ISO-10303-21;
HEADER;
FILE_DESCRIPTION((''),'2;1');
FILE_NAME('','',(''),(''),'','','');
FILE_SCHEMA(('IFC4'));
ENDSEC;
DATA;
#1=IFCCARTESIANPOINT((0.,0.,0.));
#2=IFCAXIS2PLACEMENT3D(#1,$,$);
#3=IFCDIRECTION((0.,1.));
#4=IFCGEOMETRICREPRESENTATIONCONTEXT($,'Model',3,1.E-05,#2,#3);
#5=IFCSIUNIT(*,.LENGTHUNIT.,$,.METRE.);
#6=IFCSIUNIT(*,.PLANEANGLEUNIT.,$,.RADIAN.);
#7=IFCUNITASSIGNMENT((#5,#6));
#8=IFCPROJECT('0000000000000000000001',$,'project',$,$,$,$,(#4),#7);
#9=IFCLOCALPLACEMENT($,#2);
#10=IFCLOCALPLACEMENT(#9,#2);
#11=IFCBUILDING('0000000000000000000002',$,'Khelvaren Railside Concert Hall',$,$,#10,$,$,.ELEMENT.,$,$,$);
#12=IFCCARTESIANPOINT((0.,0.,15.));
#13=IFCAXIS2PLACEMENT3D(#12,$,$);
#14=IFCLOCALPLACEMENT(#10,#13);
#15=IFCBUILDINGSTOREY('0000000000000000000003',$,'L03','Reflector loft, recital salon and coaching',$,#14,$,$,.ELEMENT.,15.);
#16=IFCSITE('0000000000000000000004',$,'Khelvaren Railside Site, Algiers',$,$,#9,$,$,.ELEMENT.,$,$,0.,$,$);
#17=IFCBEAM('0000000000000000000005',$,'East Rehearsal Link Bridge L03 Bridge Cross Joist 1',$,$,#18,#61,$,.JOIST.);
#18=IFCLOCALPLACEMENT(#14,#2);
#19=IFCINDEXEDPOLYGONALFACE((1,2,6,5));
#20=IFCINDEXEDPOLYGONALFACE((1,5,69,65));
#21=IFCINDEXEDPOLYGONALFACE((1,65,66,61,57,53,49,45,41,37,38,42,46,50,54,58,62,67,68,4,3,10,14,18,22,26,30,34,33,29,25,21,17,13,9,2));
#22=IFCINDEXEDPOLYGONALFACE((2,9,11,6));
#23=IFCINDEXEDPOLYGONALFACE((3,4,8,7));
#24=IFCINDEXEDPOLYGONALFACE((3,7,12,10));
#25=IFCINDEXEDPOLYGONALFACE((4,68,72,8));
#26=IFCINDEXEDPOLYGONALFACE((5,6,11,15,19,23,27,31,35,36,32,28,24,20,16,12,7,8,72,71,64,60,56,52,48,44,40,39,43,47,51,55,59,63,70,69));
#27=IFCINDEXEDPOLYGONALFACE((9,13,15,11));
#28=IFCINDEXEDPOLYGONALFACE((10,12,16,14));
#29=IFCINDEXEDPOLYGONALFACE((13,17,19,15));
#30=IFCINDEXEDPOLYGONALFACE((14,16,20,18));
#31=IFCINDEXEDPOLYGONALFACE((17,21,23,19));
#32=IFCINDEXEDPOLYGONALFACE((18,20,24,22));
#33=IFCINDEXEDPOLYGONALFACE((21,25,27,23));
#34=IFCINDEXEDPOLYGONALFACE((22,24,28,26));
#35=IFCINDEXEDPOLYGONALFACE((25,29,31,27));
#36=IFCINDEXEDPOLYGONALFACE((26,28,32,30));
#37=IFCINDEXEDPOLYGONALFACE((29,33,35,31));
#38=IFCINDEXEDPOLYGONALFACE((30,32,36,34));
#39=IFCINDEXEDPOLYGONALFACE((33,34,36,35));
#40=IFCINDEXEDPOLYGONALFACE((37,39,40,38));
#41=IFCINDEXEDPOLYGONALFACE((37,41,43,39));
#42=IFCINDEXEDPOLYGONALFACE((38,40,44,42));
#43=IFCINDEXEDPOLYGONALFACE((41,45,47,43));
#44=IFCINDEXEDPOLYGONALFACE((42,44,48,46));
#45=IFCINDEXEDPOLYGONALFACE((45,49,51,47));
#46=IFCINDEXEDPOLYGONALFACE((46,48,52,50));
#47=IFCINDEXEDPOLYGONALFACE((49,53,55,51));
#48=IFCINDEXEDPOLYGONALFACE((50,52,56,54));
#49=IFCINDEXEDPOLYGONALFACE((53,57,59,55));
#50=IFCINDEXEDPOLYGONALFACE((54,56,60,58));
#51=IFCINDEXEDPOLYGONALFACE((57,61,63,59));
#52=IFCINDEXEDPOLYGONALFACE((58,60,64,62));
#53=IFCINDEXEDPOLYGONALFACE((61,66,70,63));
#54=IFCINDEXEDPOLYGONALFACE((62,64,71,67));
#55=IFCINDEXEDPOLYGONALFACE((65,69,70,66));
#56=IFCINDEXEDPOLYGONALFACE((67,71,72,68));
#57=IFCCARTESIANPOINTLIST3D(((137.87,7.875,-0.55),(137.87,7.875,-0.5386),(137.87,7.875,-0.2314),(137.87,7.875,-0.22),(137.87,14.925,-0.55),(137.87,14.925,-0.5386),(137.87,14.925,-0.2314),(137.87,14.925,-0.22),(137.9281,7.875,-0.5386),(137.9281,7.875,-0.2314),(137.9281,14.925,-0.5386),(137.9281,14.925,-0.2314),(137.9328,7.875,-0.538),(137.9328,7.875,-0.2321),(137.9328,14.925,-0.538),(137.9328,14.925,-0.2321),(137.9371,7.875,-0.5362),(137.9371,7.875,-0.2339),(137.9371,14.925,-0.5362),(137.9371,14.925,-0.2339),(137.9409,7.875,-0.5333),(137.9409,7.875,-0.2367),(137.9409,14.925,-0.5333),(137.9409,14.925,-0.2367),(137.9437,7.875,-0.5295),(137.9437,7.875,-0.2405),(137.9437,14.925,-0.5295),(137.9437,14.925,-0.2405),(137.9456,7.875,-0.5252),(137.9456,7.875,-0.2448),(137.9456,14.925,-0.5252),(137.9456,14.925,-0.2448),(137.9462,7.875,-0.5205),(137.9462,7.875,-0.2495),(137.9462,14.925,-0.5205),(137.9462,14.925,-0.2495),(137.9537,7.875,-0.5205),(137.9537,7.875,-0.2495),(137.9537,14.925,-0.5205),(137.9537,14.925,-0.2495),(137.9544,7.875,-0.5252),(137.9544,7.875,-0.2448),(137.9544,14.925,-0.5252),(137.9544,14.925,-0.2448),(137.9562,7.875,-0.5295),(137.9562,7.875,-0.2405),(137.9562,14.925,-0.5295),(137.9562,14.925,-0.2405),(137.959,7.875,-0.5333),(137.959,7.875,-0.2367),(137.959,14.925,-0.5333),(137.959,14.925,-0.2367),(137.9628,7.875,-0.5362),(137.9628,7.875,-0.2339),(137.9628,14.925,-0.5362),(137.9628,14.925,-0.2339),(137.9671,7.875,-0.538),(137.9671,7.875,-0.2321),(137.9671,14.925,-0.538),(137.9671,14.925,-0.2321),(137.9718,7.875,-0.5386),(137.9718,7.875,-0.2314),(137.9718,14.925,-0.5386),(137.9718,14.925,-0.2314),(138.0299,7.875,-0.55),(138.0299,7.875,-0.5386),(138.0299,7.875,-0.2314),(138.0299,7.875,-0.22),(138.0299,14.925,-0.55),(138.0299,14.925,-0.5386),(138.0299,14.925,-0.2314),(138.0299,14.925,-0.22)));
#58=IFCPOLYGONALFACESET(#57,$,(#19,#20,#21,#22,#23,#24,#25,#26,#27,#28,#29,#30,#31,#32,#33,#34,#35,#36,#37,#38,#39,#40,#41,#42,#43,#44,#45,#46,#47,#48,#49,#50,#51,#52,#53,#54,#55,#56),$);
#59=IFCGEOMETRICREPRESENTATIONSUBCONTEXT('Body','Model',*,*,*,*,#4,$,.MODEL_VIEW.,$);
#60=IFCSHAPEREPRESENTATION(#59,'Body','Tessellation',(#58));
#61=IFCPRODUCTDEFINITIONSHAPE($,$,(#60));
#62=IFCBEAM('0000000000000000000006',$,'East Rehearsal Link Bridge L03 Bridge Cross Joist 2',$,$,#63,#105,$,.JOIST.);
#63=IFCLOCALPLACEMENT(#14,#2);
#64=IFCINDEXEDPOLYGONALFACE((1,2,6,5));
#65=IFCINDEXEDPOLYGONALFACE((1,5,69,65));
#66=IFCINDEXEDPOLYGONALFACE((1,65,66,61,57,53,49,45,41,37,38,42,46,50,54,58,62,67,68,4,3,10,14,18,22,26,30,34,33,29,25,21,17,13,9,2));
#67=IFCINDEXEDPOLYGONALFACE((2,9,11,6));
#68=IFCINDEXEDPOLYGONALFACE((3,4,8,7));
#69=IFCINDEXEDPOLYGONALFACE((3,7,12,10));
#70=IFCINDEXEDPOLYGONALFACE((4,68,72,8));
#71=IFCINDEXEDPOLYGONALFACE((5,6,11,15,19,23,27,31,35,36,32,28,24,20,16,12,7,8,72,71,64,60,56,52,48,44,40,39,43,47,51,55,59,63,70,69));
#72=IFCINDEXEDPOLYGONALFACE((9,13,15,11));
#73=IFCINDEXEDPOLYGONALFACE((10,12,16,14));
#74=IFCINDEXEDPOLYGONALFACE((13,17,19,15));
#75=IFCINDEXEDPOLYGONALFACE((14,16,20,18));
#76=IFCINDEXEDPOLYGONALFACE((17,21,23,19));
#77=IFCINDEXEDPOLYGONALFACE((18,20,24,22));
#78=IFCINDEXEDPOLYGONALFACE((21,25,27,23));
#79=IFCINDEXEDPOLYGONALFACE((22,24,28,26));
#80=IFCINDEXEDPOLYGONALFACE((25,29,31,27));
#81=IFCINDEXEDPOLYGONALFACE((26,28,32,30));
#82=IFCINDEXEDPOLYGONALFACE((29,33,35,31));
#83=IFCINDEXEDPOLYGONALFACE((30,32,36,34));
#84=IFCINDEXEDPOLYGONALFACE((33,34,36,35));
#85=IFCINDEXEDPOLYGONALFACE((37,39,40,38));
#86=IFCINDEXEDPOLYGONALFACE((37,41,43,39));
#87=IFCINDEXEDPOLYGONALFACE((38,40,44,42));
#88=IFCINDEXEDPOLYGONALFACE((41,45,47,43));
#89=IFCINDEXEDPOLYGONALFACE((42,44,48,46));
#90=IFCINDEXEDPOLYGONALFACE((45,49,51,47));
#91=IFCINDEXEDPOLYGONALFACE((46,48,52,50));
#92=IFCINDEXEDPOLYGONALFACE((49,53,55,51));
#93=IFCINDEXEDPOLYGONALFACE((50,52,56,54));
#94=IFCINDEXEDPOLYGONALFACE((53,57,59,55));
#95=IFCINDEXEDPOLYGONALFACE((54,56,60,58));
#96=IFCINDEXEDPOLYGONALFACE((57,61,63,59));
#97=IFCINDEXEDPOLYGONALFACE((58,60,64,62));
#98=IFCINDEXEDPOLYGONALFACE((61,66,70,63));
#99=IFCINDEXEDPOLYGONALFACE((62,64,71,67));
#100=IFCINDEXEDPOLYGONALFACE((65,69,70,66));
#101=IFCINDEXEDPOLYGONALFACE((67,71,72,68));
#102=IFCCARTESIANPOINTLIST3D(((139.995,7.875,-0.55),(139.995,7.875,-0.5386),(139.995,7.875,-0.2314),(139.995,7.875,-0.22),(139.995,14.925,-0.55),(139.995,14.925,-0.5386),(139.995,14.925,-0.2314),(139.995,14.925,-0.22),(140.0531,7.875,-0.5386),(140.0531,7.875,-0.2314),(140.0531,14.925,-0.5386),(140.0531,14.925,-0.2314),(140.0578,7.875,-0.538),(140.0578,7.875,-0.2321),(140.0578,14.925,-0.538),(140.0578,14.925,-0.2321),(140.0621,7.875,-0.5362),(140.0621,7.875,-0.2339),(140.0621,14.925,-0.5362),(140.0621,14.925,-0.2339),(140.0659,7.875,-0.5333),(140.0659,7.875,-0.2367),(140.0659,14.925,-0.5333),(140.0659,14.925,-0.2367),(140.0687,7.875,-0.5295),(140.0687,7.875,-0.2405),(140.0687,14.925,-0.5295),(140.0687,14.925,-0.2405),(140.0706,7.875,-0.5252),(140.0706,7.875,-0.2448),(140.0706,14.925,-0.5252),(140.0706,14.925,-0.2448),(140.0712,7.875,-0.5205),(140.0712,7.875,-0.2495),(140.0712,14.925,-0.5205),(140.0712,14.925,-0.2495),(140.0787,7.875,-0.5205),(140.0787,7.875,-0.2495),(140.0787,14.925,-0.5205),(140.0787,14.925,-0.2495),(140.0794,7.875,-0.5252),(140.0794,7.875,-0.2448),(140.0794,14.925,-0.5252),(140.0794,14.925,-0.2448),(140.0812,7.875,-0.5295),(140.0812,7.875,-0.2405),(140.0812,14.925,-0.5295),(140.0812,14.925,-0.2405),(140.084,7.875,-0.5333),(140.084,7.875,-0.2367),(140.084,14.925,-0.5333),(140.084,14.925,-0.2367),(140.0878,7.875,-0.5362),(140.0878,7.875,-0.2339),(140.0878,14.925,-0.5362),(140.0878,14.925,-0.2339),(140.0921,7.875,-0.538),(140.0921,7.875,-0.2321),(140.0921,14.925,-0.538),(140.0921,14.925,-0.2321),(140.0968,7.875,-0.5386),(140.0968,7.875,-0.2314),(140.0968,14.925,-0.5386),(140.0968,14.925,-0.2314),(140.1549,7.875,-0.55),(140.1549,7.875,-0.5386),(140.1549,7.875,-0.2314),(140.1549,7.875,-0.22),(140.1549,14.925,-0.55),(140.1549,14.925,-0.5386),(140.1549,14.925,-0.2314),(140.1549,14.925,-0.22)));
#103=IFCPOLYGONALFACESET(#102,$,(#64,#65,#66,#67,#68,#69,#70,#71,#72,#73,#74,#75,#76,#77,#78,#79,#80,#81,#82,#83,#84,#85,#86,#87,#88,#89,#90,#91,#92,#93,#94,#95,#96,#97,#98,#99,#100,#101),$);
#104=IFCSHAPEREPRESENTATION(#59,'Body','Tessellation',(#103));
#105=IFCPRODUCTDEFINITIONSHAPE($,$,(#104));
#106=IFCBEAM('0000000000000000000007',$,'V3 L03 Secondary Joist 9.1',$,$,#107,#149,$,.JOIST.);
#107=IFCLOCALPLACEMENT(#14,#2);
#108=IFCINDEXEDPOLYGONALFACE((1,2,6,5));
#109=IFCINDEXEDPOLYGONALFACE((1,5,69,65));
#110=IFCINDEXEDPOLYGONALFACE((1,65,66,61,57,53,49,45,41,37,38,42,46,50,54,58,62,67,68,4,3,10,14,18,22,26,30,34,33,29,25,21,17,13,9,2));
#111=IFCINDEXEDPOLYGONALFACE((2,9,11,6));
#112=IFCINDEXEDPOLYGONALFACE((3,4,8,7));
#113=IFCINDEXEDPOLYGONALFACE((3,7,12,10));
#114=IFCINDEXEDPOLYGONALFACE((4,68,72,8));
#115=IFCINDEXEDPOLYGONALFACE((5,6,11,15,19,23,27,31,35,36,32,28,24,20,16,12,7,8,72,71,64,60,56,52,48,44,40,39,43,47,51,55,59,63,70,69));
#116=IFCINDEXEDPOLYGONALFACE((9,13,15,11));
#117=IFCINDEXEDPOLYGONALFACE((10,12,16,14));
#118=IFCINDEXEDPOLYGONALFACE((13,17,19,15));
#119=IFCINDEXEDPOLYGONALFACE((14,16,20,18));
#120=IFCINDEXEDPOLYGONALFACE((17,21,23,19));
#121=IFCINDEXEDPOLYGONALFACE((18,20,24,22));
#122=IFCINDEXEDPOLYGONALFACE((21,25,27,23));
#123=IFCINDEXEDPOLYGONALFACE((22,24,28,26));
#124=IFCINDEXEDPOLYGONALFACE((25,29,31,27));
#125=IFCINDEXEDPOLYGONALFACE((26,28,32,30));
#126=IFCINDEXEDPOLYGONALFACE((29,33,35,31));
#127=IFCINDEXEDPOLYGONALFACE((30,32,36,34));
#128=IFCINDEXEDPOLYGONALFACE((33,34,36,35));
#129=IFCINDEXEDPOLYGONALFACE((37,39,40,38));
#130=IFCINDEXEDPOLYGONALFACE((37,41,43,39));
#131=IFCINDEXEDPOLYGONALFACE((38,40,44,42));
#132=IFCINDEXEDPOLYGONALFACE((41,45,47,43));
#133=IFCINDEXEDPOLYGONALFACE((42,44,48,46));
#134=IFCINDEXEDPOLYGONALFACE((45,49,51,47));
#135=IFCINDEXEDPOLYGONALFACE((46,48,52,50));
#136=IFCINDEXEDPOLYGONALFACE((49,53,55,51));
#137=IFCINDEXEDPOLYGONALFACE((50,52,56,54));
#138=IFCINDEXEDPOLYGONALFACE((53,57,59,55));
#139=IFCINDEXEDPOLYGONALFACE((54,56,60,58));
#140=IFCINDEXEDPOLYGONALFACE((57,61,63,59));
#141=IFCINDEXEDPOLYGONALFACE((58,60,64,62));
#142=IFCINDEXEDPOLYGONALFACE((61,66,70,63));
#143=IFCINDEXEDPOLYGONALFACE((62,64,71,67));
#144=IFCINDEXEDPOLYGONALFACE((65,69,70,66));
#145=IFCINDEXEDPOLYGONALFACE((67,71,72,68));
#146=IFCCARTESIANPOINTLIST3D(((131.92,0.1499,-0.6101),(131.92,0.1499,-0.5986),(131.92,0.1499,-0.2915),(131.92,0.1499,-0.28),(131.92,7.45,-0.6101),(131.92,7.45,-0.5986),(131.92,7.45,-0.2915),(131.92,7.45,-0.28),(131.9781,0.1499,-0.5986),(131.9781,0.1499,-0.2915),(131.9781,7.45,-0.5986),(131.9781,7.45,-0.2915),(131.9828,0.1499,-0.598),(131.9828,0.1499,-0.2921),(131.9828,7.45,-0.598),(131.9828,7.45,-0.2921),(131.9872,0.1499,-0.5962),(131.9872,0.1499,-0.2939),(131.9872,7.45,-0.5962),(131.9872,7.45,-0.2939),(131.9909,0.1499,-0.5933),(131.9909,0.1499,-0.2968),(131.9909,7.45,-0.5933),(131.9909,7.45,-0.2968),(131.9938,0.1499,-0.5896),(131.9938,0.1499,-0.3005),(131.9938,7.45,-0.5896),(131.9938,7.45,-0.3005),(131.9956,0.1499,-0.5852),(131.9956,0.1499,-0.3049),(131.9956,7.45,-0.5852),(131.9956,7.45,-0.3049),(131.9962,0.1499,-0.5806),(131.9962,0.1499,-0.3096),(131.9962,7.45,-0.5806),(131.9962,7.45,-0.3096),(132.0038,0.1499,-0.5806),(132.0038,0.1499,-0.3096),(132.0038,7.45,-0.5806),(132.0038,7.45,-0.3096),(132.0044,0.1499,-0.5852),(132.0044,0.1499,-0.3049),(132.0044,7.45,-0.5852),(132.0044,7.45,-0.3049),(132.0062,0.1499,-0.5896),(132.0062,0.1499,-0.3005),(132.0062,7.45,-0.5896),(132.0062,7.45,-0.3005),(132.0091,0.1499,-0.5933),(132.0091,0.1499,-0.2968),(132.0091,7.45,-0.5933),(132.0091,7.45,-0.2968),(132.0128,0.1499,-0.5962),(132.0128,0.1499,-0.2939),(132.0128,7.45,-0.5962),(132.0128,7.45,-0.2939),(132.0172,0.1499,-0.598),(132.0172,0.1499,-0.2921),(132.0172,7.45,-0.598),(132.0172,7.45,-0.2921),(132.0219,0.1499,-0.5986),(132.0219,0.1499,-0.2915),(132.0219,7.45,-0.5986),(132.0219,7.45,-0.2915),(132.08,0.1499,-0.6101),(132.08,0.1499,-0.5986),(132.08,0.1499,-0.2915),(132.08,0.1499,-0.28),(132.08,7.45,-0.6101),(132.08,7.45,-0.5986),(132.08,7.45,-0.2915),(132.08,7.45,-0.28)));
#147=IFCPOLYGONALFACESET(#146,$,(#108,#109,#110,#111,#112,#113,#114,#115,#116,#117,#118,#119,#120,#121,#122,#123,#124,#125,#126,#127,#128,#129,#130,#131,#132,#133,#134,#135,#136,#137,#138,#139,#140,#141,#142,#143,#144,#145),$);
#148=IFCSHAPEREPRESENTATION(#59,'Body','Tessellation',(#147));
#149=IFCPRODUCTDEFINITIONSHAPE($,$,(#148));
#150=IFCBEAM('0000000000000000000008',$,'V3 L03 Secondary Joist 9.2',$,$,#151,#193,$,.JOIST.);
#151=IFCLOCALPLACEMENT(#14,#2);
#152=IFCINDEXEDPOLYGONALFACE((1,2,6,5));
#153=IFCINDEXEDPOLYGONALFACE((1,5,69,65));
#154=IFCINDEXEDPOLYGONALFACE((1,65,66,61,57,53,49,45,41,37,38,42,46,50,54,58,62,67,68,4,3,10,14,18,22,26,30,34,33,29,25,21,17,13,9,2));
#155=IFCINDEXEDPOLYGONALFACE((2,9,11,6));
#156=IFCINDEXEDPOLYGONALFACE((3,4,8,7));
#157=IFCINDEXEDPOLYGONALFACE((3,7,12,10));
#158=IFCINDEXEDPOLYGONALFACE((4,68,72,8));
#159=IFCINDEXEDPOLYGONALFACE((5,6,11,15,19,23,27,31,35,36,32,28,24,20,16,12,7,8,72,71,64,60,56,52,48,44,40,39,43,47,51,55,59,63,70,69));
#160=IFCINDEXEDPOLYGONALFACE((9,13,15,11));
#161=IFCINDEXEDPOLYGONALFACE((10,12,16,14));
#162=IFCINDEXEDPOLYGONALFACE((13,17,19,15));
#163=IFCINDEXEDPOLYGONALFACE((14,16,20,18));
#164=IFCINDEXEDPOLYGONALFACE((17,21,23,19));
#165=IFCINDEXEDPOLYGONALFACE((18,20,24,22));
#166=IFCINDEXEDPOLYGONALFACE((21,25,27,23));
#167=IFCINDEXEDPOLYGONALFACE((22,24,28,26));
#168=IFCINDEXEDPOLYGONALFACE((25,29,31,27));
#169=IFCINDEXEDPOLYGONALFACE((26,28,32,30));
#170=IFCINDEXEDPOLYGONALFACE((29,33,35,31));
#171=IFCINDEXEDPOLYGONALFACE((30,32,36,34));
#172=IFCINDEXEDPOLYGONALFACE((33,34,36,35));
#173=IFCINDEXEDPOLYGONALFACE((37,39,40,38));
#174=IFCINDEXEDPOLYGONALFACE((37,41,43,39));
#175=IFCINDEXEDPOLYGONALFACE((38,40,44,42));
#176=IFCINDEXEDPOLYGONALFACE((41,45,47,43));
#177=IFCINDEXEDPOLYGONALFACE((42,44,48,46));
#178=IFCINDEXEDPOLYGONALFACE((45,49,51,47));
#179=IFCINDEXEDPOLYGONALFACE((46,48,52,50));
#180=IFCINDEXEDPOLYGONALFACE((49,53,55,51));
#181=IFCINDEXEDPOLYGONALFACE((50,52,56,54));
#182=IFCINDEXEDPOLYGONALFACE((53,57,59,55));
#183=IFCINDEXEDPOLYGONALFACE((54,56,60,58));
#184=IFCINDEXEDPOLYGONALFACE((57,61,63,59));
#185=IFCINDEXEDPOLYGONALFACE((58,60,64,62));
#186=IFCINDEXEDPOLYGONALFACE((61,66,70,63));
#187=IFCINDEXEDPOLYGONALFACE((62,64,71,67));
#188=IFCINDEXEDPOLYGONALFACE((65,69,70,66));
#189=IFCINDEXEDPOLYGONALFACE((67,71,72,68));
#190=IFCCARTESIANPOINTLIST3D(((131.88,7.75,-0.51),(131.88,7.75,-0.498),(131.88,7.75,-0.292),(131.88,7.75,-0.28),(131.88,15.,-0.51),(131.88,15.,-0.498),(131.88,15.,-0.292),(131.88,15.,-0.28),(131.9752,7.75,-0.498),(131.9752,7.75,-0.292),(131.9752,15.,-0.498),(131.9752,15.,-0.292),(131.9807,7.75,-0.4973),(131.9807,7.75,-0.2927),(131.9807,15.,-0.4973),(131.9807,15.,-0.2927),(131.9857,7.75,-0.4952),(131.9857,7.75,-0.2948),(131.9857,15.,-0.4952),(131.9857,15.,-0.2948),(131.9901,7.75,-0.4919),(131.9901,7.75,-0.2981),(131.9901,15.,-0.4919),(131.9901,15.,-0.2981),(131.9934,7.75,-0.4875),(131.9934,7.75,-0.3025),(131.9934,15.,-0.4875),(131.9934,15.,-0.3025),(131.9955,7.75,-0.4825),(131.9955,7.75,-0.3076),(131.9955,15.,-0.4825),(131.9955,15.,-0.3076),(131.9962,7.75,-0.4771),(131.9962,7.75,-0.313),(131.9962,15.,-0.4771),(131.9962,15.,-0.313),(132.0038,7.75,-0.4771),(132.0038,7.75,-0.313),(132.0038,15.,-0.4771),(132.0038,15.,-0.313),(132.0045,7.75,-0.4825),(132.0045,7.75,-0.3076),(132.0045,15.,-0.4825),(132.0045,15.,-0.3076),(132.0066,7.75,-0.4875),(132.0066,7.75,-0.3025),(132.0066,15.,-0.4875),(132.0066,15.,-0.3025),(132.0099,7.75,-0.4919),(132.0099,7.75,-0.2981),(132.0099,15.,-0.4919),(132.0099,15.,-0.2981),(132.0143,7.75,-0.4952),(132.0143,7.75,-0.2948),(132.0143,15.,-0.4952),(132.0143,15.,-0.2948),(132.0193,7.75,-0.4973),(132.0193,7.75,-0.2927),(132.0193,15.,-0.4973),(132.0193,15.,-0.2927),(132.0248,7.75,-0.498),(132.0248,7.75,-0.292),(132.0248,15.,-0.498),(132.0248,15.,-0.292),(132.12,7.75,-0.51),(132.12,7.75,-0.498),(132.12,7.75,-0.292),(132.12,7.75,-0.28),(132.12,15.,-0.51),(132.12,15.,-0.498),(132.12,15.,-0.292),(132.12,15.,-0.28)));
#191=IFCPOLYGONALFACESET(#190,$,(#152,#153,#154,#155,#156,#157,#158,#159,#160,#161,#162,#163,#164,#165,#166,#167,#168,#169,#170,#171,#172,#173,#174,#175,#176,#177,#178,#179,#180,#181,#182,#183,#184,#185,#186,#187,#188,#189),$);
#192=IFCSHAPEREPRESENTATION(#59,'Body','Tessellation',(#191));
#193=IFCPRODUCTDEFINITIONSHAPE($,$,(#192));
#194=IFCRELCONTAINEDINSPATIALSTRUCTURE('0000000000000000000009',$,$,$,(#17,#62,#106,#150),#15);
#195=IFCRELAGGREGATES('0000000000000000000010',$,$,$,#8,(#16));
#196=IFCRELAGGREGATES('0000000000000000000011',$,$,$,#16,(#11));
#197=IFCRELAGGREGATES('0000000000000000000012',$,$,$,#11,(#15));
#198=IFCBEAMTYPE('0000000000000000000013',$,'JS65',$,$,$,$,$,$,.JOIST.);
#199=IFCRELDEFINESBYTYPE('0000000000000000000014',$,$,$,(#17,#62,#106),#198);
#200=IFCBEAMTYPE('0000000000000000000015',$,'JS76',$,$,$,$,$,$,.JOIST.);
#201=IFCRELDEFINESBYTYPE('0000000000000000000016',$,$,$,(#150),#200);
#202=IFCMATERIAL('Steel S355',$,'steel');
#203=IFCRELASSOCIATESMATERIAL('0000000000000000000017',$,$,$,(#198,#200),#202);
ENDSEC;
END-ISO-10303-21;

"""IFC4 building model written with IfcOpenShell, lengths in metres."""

from ifc_helpers import new_model, si_unit, direction, frame, origin, origin_2d, place, context, subcontext, project, spatial, i_section, extrude, material, material_profile, profile_set, type_object, element, save


model = new_model("IFC4")

# Units and contexts
model_context = context("Model", 3, precision=1e-05, world=origin(), true_north=direction((0.0, 1.0)))
body_context = subcontext(model_context, "Body", "Model", "MODEL_VIEW")
ifc_project = project(units=[si_unit("LENGTHUNIT", "METRE"), si_unit("PLANEANGLEUNIT", "RADIAN")], contexts=[model_context])

# Site, building, storey
site_placement = place(None, origin())
site = spatial("IfcSite", under=ifc_project, at=site_placement, Name="Khelvaren Railside Site, Algiers", CompositionType="ELEMENT", RefElevation=0.0)
building_placement = place(site_placement, origin())
building = spatial("IfcBuilding", under=site, at=building_placement, Name="Khelvaren Railside Concert Hall", CompositionType="ELEMENT")
storey_placement = place(building_placement, frame((0.0, 0.0, 15.0)))
storey = spatial("IfcBuildingStorey", under=building, at=storey_placement, Name="L03", Description="Reflector loft, recital salon and coaching", CompositionType="ELEMENT", Elevation=15.0)

# Beams
ifc_material_1 = material(Name="Steel S355", Category="steel")
ifc_material_profile_1 = material_profile(ifc_material_1, i_section(OverallWidth=0.1599, OverallDepth=0.3301, WebThickness=0.0076, FlangeThickness=0.0115, FilletRadius=0.0181, at=origin_2d()), Name="IPE 330")
ifc_profile_set_1 = profile_set([ifc_material_profile_1], Name="Steel S355")
beam_type_1 = type_object("IfcBeamType", Name="JS65", PredefinedType="JOIST", material=ifc_profile_set_1)
for number, where, z_axis, x_axis, name in (
    (1, (137.95, 7.875, -0.385), (0.0, 1.0, 0.0), (-1.0, 0.0, 0.0), "East Rehearsal Link Bridge L03 Bridge Cross Joist 1"),
    (2, (140.075, 7.875, -0.385), (0.0, 1.0, 0.0), (-1.0, 0.0, 0.0), "East Rehearsal Link Bridge L03 Bridge Cross Joist 2"),
):
    element("IfcBeam", number, at=place(storey_placement, frame(where, z_axis=z_axis, x_axis=x_axis)), inside=storey, type_object=beam_type_1, Name=name, PredefinedType="JOIST", context=body_context, shape_type="SweptSolid", body=[
        extrude(i_section(OverallWidth=0.1599, OverallDepth=0.3301, WebThickness=0.0076, FlangeThickness=0.0115, FilletRadius=0.0181, at=origin_2d()), origin(), (0.0, 0.0, 1.0), 7.05),
    ])
beam_1_placement = place(storey_placement, frame((132.0, 0.1499, -0.4451), z_axis=(0.0, 1.0, 0.0), x_axis=(-1.0, 0.0, 0.0)))
element("IfcBeam", 3, at=beam_1_placement, inside=storey, type_object=beam_type_1, Name="V3 L03 Secondary Joist 9.1", PredefinedType="JOIST", context=body_context, shape_type="SweptSolid", body=[
    extrude(i_section(OverallWidth=0.1599, OverallDepth=0.3301, WebThickness=0.0076, FlangeThickness=0.0115, FilletRadius=0.0181, at=origin_2d()), origin(), (0.0, 0.0, 1.0), 7.3),
])
ifc_material_profile_2 = material_profile(ifc_material_1, i_section(OverallWidth=0.24, OverallDepth=0.23, WebThickness=0.0076, FlangeThickness=0.012, FilletRadius=0.021, at=origin_2d()), Name="HEA 240")
ifc_profile_set_2 = profile_set([ifc_material_profile_2], Name="Steel S355")
beam_type_2 = type_object("IfcBeamType", Name="JS76", PredefinedType="JOIST", material=ifc_profile_set_2)
beam_2_placement = place(storey_placement, frame((132.0, 7.75, -0.395), z_axis=(0.0, 1.0, 0.0), x_axis=(-1.0, 0.0, 0.0)))
element("IfcBeam", 4, at=beam_2_placement, inside=storey, type_object=beam_type_2, Name="V3 L03 Secondary Joist 9.2", PredefinedType="JOIST", context=body_context, shape_type="SweptSolid", body=[
    extrude(i_section(OverallWidth=0.24, OverallDepth=0.23, WebThickness=0.0076, FlangeThickness=0.012, FilletRadius=0.021, at=origin_2d()), origin(), (0.0, 0.0, 1.0), 7.25),
])

save(model, "model.ifc")
